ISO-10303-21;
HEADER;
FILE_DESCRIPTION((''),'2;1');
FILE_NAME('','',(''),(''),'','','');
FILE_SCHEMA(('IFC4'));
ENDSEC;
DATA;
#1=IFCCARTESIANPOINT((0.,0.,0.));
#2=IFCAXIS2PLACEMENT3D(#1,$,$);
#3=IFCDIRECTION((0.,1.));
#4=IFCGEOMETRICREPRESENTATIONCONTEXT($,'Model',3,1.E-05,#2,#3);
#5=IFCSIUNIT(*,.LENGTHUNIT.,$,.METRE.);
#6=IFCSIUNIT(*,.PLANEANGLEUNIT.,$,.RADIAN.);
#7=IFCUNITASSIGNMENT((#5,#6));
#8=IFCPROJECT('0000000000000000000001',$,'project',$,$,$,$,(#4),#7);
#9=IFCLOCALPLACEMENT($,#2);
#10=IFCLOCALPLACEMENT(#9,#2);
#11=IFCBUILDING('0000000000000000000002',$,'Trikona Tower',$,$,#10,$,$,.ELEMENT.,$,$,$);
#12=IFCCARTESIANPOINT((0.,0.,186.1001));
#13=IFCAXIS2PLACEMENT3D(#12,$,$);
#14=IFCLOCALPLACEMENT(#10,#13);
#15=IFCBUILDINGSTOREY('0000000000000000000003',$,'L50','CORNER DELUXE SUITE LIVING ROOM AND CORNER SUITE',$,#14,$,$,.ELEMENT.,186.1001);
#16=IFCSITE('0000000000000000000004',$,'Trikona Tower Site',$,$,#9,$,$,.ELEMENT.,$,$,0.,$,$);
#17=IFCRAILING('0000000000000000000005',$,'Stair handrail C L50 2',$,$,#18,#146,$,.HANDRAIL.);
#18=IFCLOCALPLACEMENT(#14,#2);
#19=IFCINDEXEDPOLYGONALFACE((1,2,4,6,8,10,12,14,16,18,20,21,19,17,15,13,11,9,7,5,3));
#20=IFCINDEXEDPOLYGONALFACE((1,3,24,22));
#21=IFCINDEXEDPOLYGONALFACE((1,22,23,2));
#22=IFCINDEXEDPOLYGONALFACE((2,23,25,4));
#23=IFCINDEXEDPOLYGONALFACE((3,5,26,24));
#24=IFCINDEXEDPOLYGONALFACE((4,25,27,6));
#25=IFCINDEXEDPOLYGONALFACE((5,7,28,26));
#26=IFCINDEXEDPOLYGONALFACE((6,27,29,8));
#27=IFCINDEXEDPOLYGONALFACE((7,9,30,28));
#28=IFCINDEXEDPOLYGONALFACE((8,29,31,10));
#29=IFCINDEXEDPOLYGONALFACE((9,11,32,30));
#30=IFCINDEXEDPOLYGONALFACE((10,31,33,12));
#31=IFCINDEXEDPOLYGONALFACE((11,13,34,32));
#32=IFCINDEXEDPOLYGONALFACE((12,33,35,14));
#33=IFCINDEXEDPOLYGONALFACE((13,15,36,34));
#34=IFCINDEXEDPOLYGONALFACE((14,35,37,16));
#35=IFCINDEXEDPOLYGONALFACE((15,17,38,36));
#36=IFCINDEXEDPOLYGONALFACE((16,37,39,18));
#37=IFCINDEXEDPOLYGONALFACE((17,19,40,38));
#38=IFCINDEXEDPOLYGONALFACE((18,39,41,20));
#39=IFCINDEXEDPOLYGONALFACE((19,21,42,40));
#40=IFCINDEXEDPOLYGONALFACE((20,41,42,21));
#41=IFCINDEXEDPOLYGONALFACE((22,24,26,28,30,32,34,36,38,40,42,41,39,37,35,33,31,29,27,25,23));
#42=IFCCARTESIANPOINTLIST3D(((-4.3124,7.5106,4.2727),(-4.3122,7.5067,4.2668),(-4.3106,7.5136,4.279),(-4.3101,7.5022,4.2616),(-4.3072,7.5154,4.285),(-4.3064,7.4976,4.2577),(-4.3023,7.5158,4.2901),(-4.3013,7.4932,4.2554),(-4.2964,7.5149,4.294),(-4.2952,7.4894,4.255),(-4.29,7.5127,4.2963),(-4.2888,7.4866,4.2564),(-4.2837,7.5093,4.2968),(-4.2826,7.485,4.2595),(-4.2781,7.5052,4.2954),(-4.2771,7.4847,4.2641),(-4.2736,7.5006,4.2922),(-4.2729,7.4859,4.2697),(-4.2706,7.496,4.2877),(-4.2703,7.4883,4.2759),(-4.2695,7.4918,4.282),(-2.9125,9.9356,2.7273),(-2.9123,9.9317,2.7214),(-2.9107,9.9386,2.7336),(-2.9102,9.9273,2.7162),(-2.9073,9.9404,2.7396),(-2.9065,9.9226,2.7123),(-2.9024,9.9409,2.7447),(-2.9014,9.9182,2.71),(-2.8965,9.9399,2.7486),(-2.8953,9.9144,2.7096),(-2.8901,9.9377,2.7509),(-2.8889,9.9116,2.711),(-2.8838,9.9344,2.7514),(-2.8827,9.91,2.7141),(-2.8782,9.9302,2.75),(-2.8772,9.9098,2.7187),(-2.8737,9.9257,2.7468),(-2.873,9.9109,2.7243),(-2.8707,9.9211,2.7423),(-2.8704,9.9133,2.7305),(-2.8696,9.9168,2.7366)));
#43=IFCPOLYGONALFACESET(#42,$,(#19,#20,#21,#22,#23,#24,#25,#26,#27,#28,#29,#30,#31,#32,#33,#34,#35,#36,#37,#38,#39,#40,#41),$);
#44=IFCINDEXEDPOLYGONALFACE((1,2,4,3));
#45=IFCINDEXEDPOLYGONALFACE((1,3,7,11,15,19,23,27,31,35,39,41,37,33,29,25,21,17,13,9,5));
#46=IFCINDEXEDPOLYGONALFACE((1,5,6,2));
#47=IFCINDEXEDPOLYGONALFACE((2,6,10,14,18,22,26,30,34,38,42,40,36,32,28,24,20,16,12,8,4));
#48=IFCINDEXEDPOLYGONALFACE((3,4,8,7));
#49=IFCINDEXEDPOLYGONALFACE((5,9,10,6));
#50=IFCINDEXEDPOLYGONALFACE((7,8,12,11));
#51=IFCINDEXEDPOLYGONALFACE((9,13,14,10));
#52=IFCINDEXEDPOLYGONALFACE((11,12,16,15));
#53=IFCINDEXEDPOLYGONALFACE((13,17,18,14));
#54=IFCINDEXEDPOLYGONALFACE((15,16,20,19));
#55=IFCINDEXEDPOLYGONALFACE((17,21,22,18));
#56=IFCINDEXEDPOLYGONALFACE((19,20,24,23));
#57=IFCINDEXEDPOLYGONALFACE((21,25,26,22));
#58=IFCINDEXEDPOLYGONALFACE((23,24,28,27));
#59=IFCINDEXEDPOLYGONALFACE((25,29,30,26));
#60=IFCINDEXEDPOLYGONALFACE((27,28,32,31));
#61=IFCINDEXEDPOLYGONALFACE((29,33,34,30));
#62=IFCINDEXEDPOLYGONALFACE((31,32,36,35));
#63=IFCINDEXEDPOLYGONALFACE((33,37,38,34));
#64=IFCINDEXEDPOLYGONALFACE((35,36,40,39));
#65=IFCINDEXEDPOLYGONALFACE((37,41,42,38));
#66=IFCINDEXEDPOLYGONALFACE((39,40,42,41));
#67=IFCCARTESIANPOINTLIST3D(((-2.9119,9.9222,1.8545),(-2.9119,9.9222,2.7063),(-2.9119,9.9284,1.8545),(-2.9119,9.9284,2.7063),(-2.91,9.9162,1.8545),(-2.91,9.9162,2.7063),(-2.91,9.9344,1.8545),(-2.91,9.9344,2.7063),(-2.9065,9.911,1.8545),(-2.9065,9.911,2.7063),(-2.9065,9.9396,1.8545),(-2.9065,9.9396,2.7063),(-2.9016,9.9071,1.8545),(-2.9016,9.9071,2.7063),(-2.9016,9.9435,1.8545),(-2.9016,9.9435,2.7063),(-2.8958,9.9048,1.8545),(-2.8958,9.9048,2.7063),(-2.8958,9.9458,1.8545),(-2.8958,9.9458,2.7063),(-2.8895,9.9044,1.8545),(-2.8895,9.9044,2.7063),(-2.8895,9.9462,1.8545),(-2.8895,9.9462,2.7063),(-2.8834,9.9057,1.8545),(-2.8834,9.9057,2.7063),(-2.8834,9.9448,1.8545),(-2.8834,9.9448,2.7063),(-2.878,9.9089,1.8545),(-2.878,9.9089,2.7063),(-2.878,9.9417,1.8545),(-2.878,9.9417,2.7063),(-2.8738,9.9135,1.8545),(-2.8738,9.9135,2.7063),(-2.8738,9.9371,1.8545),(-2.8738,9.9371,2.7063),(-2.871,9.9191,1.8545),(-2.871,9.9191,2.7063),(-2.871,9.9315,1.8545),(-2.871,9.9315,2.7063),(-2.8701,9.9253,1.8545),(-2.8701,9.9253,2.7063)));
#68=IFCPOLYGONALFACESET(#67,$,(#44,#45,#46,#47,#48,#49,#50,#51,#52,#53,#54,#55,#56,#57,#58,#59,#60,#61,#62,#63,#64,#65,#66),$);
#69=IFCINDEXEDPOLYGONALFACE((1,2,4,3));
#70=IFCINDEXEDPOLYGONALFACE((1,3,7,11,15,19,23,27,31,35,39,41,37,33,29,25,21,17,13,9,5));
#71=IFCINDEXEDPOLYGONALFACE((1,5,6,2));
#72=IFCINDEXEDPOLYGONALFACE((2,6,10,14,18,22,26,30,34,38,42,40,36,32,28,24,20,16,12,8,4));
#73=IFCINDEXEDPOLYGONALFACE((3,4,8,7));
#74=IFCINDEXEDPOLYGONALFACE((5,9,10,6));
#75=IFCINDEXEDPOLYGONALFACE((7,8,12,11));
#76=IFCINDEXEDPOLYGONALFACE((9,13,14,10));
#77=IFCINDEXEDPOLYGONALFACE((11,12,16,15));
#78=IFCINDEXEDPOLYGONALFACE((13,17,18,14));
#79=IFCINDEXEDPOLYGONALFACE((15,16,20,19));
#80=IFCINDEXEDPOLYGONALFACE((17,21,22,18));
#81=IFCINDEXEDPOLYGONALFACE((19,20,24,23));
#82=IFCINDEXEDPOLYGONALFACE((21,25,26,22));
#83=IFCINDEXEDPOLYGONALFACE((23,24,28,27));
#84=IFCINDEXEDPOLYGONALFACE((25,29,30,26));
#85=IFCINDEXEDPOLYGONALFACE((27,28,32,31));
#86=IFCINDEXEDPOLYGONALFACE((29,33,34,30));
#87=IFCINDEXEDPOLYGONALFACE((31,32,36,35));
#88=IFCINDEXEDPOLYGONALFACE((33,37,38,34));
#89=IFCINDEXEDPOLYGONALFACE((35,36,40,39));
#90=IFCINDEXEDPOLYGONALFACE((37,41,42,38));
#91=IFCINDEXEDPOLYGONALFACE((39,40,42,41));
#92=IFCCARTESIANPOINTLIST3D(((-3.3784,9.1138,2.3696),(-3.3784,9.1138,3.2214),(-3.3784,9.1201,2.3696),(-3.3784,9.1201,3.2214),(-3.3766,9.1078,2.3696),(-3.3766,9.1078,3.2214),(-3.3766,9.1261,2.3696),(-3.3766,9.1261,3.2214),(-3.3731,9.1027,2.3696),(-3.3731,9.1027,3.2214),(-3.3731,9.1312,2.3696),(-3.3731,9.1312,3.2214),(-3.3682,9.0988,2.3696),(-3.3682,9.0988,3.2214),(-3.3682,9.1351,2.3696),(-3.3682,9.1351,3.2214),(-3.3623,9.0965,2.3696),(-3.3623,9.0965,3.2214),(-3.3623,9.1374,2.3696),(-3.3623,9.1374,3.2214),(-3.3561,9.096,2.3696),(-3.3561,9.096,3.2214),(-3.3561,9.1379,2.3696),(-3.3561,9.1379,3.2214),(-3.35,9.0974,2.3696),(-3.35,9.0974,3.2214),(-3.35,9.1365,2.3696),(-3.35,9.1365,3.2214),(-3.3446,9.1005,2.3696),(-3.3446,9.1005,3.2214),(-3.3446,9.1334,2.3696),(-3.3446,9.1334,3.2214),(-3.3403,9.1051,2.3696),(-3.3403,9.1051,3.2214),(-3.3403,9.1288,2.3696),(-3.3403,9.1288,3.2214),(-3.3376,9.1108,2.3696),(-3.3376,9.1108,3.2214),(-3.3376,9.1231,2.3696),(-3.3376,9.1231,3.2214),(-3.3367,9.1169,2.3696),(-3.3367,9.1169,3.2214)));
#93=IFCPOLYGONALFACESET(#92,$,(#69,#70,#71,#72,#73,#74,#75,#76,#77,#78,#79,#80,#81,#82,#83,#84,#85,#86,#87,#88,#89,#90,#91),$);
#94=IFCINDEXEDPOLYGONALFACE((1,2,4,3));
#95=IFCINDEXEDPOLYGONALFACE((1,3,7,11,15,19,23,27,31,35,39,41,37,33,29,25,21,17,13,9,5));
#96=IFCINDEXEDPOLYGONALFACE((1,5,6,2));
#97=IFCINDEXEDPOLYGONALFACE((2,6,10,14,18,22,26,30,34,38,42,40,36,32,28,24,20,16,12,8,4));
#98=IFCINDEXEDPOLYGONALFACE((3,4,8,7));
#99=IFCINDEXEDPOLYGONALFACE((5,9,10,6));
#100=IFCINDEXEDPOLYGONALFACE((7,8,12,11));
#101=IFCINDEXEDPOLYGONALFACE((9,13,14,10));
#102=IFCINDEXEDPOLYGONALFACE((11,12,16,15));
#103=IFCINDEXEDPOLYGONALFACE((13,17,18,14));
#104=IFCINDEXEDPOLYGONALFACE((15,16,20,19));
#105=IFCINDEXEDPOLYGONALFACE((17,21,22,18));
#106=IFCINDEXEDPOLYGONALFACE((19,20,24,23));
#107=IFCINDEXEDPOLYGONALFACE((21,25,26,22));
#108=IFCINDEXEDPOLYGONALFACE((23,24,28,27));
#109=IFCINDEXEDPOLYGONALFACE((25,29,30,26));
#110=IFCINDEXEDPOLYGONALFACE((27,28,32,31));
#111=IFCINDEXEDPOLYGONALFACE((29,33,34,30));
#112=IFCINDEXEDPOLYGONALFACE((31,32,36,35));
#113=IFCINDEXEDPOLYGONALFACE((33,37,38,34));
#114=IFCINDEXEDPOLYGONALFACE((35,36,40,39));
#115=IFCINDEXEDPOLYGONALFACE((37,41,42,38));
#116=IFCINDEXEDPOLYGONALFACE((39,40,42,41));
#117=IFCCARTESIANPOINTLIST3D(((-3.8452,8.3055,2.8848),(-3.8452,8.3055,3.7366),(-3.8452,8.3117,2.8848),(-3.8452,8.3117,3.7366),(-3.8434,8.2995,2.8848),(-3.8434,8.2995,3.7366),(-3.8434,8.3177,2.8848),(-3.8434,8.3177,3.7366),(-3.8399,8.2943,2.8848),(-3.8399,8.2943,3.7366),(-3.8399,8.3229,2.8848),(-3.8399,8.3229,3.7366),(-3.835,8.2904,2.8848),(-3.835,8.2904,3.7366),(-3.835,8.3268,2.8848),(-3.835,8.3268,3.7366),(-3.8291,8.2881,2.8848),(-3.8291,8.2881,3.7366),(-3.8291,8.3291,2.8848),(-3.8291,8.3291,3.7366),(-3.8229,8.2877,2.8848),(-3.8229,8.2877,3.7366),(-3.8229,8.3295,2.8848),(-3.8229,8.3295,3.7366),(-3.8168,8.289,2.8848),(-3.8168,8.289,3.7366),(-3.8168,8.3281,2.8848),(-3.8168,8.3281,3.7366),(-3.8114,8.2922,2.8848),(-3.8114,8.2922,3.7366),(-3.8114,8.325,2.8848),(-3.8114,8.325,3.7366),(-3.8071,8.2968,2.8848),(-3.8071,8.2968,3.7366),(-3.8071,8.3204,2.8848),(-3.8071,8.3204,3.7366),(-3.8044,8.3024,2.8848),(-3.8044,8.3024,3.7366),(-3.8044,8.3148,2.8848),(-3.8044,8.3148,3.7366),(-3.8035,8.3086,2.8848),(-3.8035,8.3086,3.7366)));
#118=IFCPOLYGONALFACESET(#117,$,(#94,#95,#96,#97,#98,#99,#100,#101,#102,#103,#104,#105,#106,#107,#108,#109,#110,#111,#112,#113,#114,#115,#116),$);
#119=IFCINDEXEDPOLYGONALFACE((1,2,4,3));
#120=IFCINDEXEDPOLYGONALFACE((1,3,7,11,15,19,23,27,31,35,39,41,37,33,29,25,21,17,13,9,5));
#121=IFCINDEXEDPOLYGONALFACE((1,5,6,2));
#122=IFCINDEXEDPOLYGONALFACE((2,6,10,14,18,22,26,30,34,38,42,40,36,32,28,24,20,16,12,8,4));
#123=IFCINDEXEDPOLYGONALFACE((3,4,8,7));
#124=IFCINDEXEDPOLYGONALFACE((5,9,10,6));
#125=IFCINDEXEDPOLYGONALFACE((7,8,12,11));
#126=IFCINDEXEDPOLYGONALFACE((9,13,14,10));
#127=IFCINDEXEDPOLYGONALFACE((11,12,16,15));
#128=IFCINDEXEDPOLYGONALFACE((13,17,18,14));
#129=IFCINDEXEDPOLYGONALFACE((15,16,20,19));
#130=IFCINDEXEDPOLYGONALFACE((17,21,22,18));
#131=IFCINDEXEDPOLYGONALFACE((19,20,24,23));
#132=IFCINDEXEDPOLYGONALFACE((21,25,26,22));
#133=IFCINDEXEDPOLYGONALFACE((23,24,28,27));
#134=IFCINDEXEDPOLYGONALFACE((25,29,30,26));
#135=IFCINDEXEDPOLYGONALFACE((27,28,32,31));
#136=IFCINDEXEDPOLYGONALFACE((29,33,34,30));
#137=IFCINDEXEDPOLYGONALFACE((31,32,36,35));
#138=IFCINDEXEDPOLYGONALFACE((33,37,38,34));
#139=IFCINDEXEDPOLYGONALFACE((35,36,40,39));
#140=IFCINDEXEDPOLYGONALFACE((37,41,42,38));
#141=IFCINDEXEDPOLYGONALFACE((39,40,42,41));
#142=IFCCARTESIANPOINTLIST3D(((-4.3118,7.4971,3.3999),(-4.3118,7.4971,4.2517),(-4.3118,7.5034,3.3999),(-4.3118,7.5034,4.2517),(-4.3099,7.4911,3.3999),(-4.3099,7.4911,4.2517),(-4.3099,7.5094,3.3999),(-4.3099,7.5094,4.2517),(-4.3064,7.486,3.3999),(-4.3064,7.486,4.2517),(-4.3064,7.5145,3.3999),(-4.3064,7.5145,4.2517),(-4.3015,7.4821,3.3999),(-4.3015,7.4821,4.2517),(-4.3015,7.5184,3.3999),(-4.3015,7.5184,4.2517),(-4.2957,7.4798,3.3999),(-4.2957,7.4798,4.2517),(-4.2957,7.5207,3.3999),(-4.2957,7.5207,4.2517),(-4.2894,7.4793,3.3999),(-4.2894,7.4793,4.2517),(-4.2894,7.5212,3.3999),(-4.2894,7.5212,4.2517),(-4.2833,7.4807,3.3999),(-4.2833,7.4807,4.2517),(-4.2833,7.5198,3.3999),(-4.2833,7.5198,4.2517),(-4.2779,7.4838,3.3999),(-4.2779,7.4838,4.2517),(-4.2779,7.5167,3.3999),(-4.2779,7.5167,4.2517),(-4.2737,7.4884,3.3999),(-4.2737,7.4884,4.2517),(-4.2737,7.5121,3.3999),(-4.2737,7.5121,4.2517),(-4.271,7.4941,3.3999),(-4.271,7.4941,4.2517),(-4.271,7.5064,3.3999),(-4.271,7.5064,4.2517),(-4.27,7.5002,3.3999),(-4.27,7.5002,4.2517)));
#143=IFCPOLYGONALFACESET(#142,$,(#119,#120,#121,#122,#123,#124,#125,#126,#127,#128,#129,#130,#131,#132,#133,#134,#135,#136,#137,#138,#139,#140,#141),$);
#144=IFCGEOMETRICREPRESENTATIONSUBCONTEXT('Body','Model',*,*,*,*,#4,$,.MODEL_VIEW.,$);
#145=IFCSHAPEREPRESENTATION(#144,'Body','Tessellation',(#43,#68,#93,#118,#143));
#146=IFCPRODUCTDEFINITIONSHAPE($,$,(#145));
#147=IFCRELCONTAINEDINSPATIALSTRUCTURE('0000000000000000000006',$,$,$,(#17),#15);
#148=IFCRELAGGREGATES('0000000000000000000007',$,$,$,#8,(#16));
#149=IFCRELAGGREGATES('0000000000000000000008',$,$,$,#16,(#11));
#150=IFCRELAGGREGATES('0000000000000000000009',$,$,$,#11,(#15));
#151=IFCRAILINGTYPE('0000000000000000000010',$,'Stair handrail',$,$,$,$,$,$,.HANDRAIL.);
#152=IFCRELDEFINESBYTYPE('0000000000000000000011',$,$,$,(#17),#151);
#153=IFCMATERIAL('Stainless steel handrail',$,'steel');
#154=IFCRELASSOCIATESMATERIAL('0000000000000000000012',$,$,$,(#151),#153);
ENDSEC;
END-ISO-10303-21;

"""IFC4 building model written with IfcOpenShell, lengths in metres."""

from ifc_helpers import new_model, si_unit, direction, frame, origin, origin_2d, place, context, subcontext, project, spatial, circle, extrude, material, type_object, element, save


model = new_model("IFC4")

# Units and contexts
model_context = context("Model", 3, precision=1e-05, world=origin(), true_north=direction((0.0, 1.0)))
body_context = subcontext(model_context, "Body", "Model", "MODEL_VIEW")
ifc_project = project(units=[si_unit("LENGTHUNIT", "METRE"), si_unit("PLANEANGLEUNIT", "RADIAN")], contexts=[model_context])

# Site, building, storey
site_placement = place(None, origin())
site = spatial("IfcSite", under=ifc_project, at=site_placement, Name="Trikona Tower Site", CompositionType="ELEMENT", RefElevation=0.0)
building_placement = place(site_placement, origin())
building = spatial("IfcBuilding", under=site, at=building_placement, Name="Trikona Tower", CompositionType="ELEMENT")
storey_placement = place(building_placement, frame((0.0, 0.0, 186.1001)))
storey = spatial("IfcBuildingStorey", under=building, at=storey_placement, Name="L50", Description="CORNER DELUXE SUITE LIVING ROOM AND CORNER SUITE", CompositionType="ELEMENT", Elevation=186.1001)

# Railing
ifc_material_1 = material(Name="Stainless steel handrail", Category="steel")
railing_type = type_object("IfcRailingType", Name="Stair handrail", PredefinedType="HANDRAIL", material=ifc_material_1)
railing_1_placement = place(storey_placement, frame((-2.8911, 9.9253, 1.8545)))
element("IfcRailing", 1, at=railing_1_placement, inside=storey, type_object=railing_type, Name="Stair handrail C L50 2", PredefinedType="HANDRAIL", context=body_context, shape_type="SweptSolid", body=[
    extrude(circle(Radius=0.0239, at=origin_2d()), frame((0.0, 0.0, 0.876), z_axis=(-0.437707, -0.75824, 0.483203), x_axis=(0.866056, -0.499946, 0.0)), (0.0, 0.0, 1.0), 3.1982),
    extrude(circle(Radius=0.021, at=origin_2d()), origin(), (0.0, 0.0, 1.0), 0.8518),
    extrude(circle(Radius=0.021, at=origin_2d()), frame((-0.4666, -0.8083, 0.5151)), (0.0, 0.0, 1.0), 0.8518),
    extrude(circle(Radius=0.021, at=origin_2d()), frame((-0.9333, -1.6167, 1.0303)), (0.0, 0.0, 1.0), 0.8518),
    extrude(circle(Radius=0.021, at=origin_2d()), frame((-1.3999, -2.425, 1.5454)), (0.0, 0.0, 1.0), 0.8518),
])

save(model, "model.ifc")
